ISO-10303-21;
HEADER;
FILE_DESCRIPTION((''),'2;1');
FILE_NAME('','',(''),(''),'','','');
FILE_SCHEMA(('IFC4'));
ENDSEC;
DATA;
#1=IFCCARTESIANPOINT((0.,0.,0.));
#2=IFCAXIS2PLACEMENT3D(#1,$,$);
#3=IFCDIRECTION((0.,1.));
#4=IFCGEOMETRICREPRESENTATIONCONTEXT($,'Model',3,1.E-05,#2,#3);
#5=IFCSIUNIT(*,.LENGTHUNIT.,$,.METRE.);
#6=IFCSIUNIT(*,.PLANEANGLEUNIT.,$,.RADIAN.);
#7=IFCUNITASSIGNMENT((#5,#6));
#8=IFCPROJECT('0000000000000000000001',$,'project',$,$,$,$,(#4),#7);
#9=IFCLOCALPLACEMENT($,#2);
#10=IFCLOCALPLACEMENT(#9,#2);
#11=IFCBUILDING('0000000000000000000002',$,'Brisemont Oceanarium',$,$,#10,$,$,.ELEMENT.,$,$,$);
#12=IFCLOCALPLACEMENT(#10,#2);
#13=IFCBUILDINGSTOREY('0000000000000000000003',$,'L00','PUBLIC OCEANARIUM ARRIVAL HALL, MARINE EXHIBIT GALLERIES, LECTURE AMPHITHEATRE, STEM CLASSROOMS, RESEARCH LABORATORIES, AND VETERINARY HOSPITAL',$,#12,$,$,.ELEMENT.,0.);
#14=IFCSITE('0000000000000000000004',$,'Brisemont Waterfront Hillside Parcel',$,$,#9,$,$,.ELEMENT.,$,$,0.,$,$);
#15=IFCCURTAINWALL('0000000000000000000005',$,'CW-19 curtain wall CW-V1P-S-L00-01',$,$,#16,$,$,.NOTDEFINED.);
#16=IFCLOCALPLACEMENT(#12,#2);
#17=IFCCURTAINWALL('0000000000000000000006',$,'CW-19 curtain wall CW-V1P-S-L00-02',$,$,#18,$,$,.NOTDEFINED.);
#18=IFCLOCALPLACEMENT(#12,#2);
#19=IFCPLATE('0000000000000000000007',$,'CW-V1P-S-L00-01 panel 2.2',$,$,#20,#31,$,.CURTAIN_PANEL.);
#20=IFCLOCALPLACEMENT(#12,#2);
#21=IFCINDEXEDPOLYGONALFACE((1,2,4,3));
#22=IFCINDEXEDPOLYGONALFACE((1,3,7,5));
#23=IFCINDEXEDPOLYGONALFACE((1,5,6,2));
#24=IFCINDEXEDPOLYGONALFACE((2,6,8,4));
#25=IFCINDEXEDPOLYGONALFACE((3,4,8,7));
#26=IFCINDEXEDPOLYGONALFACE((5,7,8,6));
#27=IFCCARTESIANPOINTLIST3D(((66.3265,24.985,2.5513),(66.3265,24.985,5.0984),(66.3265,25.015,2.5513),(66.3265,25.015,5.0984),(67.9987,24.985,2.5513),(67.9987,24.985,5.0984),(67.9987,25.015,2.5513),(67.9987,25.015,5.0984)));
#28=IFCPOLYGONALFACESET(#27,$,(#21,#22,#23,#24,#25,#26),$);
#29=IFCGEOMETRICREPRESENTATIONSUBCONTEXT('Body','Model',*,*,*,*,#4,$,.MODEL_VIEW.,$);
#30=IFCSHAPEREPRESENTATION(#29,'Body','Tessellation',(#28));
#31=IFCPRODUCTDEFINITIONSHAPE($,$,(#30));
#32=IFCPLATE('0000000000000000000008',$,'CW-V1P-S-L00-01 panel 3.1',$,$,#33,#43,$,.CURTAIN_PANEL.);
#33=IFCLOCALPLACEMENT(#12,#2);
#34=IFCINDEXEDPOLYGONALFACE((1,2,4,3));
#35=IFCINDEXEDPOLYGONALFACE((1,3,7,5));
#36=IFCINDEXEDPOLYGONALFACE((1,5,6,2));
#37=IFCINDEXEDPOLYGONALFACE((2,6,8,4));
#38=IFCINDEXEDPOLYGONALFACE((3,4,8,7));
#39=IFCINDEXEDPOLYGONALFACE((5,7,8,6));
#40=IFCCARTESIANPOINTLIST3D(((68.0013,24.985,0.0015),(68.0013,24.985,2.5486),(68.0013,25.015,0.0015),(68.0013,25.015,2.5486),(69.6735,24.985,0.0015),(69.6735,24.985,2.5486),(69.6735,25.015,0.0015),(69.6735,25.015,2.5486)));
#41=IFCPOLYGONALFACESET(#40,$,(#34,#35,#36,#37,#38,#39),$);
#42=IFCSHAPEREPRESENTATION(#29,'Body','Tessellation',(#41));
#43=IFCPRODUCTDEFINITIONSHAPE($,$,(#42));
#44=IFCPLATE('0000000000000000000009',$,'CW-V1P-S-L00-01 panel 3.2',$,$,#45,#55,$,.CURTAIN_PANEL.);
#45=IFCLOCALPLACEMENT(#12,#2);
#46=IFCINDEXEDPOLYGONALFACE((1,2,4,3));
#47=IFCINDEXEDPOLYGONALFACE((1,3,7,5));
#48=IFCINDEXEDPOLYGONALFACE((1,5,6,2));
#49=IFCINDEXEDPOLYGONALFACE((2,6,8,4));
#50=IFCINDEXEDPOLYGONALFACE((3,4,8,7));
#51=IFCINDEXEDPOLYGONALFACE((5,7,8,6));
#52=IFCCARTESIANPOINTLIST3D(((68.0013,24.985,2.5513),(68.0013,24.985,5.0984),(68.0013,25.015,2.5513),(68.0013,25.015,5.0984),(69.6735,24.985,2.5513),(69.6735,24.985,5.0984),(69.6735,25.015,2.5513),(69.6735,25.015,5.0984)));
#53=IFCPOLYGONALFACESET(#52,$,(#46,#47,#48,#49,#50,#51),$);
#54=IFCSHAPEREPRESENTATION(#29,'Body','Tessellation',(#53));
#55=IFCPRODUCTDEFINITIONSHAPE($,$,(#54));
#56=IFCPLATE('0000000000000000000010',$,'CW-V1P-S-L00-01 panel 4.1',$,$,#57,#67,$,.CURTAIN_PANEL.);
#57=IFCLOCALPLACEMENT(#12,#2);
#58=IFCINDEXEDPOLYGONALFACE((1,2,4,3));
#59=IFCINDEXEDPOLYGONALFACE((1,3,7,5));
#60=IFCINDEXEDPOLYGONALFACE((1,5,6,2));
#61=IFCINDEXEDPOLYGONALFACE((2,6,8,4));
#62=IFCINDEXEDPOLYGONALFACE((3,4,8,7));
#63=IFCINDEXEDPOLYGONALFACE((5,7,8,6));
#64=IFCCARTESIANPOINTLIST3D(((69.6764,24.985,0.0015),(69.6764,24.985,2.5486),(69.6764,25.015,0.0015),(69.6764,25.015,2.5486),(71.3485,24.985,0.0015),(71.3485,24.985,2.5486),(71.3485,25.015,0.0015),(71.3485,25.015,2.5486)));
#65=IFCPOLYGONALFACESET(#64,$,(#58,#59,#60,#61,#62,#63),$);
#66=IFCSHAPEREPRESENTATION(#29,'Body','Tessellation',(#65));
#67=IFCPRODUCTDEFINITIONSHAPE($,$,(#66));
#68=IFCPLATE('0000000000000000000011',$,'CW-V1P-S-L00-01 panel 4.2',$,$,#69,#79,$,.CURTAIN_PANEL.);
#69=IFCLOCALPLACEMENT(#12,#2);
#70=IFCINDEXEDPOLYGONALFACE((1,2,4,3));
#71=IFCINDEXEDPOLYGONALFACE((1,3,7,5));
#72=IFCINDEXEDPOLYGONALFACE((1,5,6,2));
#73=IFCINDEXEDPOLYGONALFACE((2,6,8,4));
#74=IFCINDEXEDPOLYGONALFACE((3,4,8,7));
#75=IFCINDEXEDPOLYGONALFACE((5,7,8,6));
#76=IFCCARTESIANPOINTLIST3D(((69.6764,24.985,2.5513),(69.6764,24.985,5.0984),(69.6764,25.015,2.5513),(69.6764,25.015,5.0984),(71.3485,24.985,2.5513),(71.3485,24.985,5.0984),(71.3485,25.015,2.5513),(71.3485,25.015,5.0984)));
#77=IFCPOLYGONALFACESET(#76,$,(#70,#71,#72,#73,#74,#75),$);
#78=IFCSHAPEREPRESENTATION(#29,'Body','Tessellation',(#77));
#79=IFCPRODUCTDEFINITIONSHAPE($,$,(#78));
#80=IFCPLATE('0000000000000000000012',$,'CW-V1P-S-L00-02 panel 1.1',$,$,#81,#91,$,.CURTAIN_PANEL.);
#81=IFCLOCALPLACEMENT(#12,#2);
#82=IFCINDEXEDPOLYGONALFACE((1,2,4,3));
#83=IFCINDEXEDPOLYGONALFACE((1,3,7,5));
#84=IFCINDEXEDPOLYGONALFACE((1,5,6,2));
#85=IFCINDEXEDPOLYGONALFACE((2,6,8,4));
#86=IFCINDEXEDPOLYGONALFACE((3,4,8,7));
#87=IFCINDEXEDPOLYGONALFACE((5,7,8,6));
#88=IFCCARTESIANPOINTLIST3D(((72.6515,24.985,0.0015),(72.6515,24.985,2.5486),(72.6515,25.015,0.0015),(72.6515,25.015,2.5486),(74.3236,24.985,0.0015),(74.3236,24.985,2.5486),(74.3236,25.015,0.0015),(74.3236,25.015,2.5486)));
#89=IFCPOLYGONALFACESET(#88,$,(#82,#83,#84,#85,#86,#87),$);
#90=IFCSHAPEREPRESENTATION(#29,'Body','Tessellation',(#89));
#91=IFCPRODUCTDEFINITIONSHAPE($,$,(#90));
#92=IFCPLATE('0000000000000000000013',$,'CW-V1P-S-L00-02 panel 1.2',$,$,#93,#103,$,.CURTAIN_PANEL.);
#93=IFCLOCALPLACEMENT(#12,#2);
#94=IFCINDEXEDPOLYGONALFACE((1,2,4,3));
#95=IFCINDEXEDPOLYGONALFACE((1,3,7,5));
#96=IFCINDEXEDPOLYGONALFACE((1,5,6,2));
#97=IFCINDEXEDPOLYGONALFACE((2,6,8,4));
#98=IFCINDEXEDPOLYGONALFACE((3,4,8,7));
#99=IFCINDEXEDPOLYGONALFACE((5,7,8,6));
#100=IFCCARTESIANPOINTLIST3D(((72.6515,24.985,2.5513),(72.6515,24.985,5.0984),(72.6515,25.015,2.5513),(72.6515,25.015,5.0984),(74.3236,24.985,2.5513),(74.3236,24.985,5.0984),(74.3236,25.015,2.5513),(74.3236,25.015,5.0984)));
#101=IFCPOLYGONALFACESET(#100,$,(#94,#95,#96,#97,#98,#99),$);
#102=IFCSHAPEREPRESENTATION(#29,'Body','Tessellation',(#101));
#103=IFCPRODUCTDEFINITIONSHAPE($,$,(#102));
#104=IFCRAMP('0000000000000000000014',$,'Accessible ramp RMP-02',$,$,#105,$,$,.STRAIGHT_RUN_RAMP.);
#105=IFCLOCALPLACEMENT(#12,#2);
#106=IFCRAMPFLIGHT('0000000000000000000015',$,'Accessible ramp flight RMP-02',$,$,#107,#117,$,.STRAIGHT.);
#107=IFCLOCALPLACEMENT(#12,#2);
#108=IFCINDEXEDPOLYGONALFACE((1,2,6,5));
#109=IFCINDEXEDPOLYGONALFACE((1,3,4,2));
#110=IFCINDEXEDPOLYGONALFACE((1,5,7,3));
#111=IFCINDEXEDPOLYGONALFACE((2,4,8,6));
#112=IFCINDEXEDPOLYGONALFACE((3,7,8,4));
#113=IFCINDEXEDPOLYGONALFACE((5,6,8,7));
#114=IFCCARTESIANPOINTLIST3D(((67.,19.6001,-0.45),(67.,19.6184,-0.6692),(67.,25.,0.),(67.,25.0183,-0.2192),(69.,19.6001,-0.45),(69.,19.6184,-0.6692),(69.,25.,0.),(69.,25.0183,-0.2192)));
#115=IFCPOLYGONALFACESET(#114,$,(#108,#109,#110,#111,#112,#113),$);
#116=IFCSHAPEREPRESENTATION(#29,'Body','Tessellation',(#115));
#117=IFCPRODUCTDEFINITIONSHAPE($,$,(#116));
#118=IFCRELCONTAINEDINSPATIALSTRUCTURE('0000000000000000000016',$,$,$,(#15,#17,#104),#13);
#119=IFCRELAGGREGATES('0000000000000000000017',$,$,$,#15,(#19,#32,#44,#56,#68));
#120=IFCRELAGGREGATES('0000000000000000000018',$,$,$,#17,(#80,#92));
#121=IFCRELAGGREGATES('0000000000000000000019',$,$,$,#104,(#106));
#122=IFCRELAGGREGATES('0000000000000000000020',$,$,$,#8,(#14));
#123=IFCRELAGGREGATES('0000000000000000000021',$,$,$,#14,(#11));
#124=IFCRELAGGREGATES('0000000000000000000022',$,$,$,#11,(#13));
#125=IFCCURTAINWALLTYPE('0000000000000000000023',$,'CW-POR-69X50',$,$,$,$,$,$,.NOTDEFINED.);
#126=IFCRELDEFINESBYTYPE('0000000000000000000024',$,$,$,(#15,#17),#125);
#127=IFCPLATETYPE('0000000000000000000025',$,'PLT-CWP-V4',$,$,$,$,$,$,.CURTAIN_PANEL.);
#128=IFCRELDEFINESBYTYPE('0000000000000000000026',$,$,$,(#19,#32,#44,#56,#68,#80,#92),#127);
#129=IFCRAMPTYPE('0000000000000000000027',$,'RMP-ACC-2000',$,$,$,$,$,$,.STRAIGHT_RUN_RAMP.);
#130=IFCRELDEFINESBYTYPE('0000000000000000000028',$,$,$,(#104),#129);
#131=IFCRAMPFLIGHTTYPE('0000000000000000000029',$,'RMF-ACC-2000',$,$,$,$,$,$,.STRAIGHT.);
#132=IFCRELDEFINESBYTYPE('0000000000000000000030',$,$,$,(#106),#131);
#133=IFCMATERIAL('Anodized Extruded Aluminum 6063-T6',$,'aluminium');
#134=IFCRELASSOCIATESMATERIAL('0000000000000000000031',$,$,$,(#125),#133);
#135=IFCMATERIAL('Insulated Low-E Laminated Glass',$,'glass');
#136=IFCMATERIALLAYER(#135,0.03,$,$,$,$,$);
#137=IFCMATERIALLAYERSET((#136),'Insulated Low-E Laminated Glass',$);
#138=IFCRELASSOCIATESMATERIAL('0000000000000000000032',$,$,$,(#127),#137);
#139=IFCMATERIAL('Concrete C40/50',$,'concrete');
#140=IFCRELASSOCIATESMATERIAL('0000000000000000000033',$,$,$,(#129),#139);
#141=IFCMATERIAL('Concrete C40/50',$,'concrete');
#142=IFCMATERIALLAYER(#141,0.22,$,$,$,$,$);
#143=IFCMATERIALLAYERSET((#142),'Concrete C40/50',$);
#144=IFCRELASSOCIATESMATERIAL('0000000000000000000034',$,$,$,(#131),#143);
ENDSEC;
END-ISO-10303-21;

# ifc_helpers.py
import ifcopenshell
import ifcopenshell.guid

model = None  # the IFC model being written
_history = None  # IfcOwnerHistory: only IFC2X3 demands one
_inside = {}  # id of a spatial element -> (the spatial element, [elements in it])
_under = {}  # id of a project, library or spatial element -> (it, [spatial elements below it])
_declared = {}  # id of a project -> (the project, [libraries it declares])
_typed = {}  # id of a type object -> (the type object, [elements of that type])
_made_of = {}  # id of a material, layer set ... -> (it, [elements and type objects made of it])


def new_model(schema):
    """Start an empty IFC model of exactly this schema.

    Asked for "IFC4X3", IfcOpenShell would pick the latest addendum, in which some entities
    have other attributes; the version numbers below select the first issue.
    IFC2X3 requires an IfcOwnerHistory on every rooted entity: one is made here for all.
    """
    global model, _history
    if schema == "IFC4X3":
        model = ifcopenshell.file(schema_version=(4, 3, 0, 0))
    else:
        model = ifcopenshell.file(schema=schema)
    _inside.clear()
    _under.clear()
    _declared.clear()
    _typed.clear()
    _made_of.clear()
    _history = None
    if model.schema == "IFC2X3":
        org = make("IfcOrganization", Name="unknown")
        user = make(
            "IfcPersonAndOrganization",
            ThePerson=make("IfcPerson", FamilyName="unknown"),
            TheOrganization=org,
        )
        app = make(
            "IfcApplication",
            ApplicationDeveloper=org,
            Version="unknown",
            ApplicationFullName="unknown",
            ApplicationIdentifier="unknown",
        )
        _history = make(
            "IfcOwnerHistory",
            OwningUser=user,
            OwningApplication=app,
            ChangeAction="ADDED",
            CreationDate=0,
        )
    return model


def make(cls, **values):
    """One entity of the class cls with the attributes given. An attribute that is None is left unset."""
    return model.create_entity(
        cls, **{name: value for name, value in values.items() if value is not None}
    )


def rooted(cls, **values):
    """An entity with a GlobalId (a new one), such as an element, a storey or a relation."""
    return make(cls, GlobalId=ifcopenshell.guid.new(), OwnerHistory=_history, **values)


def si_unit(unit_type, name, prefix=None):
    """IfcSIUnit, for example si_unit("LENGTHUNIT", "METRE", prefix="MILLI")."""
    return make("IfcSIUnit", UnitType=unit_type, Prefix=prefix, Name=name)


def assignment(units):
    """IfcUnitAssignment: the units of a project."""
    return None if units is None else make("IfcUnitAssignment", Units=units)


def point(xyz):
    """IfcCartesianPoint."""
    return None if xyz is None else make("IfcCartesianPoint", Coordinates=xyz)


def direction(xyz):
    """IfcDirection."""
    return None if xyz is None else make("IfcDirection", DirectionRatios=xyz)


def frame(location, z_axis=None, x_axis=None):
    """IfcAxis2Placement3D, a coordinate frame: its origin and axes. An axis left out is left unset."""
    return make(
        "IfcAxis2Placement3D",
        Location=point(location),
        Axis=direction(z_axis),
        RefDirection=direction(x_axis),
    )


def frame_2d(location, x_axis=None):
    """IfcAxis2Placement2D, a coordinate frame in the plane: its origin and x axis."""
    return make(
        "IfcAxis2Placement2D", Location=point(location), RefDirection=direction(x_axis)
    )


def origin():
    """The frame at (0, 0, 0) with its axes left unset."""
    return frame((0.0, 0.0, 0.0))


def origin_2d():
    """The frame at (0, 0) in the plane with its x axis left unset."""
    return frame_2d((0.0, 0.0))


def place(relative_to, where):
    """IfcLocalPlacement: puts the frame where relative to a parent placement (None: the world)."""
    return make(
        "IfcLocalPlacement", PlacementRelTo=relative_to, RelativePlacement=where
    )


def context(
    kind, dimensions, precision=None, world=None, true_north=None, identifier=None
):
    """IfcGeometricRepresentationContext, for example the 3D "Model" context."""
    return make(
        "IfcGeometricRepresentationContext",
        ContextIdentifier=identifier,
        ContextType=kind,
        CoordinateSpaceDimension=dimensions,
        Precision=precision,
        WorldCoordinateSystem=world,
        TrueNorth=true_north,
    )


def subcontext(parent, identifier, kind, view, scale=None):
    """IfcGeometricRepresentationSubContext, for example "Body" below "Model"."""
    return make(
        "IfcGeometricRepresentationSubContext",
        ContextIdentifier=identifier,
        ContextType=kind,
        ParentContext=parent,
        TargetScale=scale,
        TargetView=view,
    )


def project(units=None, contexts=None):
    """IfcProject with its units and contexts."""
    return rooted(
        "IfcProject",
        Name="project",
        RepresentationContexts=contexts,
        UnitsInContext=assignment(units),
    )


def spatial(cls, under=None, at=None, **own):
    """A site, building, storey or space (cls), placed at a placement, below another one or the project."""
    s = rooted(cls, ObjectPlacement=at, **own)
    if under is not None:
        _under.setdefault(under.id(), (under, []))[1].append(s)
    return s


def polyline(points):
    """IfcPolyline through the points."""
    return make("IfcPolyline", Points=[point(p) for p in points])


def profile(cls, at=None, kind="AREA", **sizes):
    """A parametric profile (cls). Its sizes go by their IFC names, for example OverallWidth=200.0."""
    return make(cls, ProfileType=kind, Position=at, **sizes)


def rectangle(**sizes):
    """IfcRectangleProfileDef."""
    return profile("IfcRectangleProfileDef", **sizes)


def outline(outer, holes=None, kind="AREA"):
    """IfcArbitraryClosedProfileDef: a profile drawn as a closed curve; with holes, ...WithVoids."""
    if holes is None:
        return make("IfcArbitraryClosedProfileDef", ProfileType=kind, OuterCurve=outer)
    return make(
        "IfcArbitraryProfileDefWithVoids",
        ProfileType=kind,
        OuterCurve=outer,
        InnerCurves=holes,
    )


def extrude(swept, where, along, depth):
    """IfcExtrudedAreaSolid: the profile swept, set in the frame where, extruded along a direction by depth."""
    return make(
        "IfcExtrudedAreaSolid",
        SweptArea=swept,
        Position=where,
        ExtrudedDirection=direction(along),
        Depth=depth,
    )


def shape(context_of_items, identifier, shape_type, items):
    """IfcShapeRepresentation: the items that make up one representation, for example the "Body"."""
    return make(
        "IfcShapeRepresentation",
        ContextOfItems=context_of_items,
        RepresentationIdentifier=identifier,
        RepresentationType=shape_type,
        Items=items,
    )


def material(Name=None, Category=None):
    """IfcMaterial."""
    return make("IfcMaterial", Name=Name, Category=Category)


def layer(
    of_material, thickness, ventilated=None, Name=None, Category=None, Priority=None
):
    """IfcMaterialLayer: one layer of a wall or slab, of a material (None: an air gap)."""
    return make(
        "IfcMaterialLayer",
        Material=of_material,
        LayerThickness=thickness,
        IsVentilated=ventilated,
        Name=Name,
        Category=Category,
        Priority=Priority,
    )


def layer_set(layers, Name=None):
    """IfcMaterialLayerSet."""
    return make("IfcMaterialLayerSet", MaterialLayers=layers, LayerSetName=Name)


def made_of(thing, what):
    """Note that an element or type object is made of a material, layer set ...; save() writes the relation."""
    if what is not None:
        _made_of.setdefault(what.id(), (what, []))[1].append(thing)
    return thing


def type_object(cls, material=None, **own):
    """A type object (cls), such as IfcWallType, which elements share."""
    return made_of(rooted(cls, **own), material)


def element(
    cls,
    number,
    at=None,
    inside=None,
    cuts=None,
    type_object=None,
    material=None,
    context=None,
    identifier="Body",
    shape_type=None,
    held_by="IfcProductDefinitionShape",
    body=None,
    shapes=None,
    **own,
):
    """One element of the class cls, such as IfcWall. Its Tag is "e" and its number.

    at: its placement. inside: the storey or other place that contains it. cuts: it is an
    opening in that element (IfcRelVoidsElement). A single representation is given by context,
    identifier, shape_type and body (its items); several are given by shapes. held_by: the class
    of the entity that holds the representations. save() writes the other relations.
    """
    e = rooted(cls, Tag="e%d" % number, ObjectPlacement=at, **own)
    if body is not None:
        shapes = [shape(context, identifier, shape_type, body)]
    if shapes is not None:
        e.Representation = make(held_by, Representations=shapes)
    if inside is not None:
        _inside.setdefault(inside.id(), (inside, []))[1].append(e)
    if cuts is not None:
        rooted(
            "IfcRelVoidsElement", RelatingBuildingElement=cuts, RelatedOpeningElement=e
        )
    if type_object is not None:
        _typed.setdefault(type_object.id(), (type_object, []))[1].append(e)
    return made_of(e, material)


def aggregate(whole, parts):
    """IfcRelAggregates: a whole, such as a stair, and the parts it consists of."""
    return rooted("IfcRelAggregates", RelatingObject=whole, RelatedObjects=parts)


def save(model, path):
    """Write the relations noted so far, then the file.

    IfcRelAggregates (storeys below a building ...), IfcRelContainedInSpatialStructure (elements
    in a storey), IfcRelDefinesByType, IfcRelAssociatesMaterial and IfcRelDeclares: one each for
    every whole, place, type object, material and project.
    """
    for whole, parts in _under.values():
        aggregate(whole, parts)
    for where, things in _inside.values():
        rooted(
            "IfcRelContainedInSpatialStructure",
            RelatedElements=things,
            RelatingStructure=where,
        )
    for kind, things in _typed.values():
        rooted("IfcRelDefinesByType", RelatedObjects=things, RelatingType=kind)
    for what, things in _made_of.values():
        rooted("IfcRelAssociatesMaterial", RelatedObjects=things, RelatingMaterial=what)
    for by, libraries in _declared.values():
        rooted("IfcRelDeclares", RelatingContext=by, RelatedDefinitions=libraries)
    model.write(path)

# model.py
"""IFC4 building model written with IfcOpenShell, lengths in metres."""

from ifc_helpers import new_model, si_unit, direction, frame, origin, origin_2d, place, context, subcontext, project, spatial, polyline, rectangle, outline, extrude, material, layer, layer_set, type_object, element, aggregate, save


model = new_model("IFC4")

# Units and contexts
model_context = context("Model", 3, precision=1e-05, world=origin(), true_north=direction((0.0, 1.0)))
body_context = subcontext(model_context, "Body", "Model", "MODEL_VIEW")
ifc_project = project(units=[si_unit("LENGTHUNIT", "METRE"), si_unit("PLANEANGLEUNIT", "RADIAN")], contexts=[model_context])

# Site, building, storey
site_placement = place(None, origin())
site = spatial("IfcSite", under=ifc_project, at=site_placement, Name="Brisemont Waterfront Hillside Parcel", CompositionType="ELEMENT", RefElevation=0.0)
building_placement = place(site_placement, origin())
building = spatial("IfcBuilding", under=site, at=building_placement, Name="Brisemont Oceanarium", CompositionType="ELEMENT")
storey_placement = place(building_placement, origin())
storey = spatial("IfcBuildingStorey", under=building, at=storey_placement, Name="L00", Description="PUBLIC OCEANARIUM ARRIVAL HALL, MARINE EXHIBIT GALLERIES, LECTURE AMPHITHEATRE, STEM CLASSROOMS, RESEARCH LABORATORIES, AND VETERINARY HOSPITAL", CompositionType="ELEMENT", Elevation=0.0)

# Curtain walls
ifc_material_1 = material(Name="Anodized Extruded Aluminum 6063-T6", Category="aluminium")
curtain_wall_type = type_object("IfcCurtainWallType", Name="CW-POR-69X50", PredefinedType="NOTDEFINED", material=ifc_material_1)
curtain_wall_1_placement = place(storey_placement, origin())
curtain_wall_1 = element("IfcCurtainWall", 1, at=curtain_wall_1_placement, inside=storey, type_object=curtain_wall_type, Name="CW-19 curtain wall CW-V1P-S-L00-01", PredefinedType="NOTDEFINED")
curtain_wall_2_placement = place(storey_placement, origin())
curtain_wall_2 = element("IfcCurtainWall", 2, at=curtain_wall_2_placement, inside=storey, type_object=curtain_wall_type, Name="CW-19 curtain wall CW-V1P-S-L00-02", PredefinedType="NOTDEFINED")

# Plates
ifc_material_2 = material(Name="Insulated Low-E Laminated Glass", Category="glass")
ifc_layer_1 = layer(ifc_material_2, 0.03)
ifc_layer_set_1 = layer_set([ifc_layer_1], Name="Insulated Low-E Laminated Glass")
plate_type = type_object("IfcPlateType", Name="PLT-CWP-V4", PredefinedType="CURTAIN_PANEL", material=ifc_layer_set_1)
plate_1_placement = place(storey_placement, frame((67.1626, 25.0, 2.5513), z_axis=(0.0, 0.0, 1.0), x_axis=(1.0, 0.0, 0.0)))
plate_1 = element("IfcPlate", 3, at=plate_1_placement, type_object=plate_type, Name="CW-V1P-S-L00-01 panel 2.2", PredefinedType="CURTAIN_PANEL", context=body_context, shape_type="SweptSolid", body=[
    extrude(rectangle(XDim=1.6721, YDim=0.03, at=origin_2d()), origin(), (0.0, 0.0, 1.0), 2.5471),
])
plate_2_placement = place(storey_placement, frame((68.8374, 25.0, 0.0015), z_axis=(0.0, 0.0, 1.0), x_axis=(1.0, 0.0, 0.0)))
plate_2 = element("IfcPlate", 4, at=plate_2_placement, type_object=plate_type, Name="CW-V1P-S-L00-01 panel 3.1", PredefinedType="CURTAIN_PANEL", context=body_context, shape_type="SweptSolid", body=[
    extrude(rectangle(XDim=1.6721, YDim=0.03, at=origin_2d()), origin(), (0.0, 0.0, 1.0), 2.5471),
])
plate_3_placement = place(storey_placement, frame((68.8374, 25.0, 2.5513), z_axis=(0.0, 0.0, 1.0), x_axis=(1.0, 0.0, 0.0)))
plate_3 = element("IfcPlate", 5, at=plate_3_placement, type_object=plate_type, Name="CW-V1P-S-L00-01 panel 3.2", PredefinedType="CURTAIN_PANEL", context=body_context, shape_type="SweptSolid", body=[
    extrude(rectangle(XDim=1.6721, YDim=0.03, at=origin_2d()), origin(), (0.0, 0.0, 1.0), 2.5471),
])
plate_4_placement = place(storey_placement, frame((70.5125, 25.0, 0.0015), z_axis=(0.0, 0.0, 1.0), x_axis=(1.0, 0.0, 0.0)))
plate_4 = element("IfcPlate", 6, at=plate_4_placement, type_object=plate_type, Name="CW-V1P-S-L00-01 panel 4.1", PredefinedType="CURTAIN_PANEL", context=body_context, shape_type="SweptSolid", body=[
    extrude(rectangle(XDim=1.6721, YDim=0.03, at=origin_2d()), origin(), (0.0, 0.0, 1.0), 2.5471),
])
plate_5_placement = place(storey_placement, frame((70.5125, 25.0, 2.5513), z_axis=(0.0, 0.0, 1.0), x_axis=(1.0, 0.0, 0.0)))
plate_5 = element("IfcPlate", 7, at=plate_5_placement, type_object=plate_type, Name="CW-V1P-S-L00-01 panel 4.2", PredefinedType="CURTAIN_PANEL", context=body_context, shape_type="SweptSolid", body=[
    extrude(rectangle(XDim=1.6721, YDim=0.03, at=origin_2d()), origin(), (0.0, 0.0, 1.0), 2.5471),
])
aggregate(curtain_wall_1, [plate_1, plate_2, plate_3, plate_4, plate_5])
plate_6_placement = place(storey_placement, frame((73.4875, 25.0, 0.0015), z_axis=(0.0, 0.0, 1.0), x_axis=(1.0, 0.0, 0.0)))
plate_6 = element("IfcPlate", 8, at=plate_6_placement, type_object=plate_type, Name="CW-V1P-S-L00-02 panel 1.1", PredefinedType="CURTAIN_PANEL", context=body_context, shape_type="SweptSolid", body=[
    extrude(rectangle(XDim=1.6721, YDim=0.03, at=origin_2d()), origin(), (0.0, 0.0, 1.0), 2.5471),
])
plate_7_placement = place(storey_placement, frame((73.4875, 25.0, 2.5513), z_axis=(0.0, 0.0, 1.0), x_axis=(1.0, 0.0, 0.0)))
plate_7 = element("IfcPlate", 9, at=plate_7_placement, type_object=plate_type, Name="CW-V1P-S-L00-02 panel 1.2", PredefinedType="CURTAIN_PANEL", context=body_context, shape_type="SweptSolid", body=[
    extrude(rectangle(XDim=1.6721, YDim=0.03, at=origin_2d()), origin(), (0.0, 0.0, 1.0), 2.5471),
])
aggregate(curtain_wall_2, [plate_6, plate_7])

# Ramp, ramp flight
ifc_material_3 = material(Name="Concrete C40/50", Category="concrete")
ramp_type = type_object("IfcRampType", Name="RMP-ACC-2000", PredefinedType="STRAIGHT_RUN_RAMP", material=ifc_material_3)
ramp_placement = place(storey_placement, origin())
ramp = element("IfcRamp", 10, at=ramp_placement, inside=storey, type_object=ramp_type, Name="Accessible ramp RMP-02", PredefinedType="STRAIGHT_RUN_RAMP")
ifc_material_4 = material(Name="Concrete C40/50", Category="concrete")
ifc_layer_2 = layer(ifc_material_4, 0.22)
ifc_layer_set_2 = layer_set([ifc_layer_2], Name="Concrete C40/50")
ramp_flight_type = type_object("IfcRampFlightType", Name="RMF-ACC-2000", PredefinedType="STRAIGHT", material=ifc_layer_set_2)
ramp_flight_placement = place(storey_placement, frame((69.0, 19.6001, -0.45), z_axis=(0.0, -0.083038, 0.996546), x_axis=(0.0, 0.996546, 0.083038)))
ramp_flight = element("IfcRampFlight", 11, at=ramp_flight_placement, type_object=ramp_flight_type, Name="Accessible ramp flight RMP-02", PredefinedType="STRAIGHT", context=body_context, shape_type="SweptSolid", body=[
    extrude(outline(polyline([(0.0, 0.0), (5.4186, 0.0), (5.4186, 2.0), (0.0, 2.0), (0.0, 0.0)])), origin(), (0.0, 0.0, -1.0), 0.22),
])
aggregate(ramp, [ramp_flight])

save(model, "model.ifc")
